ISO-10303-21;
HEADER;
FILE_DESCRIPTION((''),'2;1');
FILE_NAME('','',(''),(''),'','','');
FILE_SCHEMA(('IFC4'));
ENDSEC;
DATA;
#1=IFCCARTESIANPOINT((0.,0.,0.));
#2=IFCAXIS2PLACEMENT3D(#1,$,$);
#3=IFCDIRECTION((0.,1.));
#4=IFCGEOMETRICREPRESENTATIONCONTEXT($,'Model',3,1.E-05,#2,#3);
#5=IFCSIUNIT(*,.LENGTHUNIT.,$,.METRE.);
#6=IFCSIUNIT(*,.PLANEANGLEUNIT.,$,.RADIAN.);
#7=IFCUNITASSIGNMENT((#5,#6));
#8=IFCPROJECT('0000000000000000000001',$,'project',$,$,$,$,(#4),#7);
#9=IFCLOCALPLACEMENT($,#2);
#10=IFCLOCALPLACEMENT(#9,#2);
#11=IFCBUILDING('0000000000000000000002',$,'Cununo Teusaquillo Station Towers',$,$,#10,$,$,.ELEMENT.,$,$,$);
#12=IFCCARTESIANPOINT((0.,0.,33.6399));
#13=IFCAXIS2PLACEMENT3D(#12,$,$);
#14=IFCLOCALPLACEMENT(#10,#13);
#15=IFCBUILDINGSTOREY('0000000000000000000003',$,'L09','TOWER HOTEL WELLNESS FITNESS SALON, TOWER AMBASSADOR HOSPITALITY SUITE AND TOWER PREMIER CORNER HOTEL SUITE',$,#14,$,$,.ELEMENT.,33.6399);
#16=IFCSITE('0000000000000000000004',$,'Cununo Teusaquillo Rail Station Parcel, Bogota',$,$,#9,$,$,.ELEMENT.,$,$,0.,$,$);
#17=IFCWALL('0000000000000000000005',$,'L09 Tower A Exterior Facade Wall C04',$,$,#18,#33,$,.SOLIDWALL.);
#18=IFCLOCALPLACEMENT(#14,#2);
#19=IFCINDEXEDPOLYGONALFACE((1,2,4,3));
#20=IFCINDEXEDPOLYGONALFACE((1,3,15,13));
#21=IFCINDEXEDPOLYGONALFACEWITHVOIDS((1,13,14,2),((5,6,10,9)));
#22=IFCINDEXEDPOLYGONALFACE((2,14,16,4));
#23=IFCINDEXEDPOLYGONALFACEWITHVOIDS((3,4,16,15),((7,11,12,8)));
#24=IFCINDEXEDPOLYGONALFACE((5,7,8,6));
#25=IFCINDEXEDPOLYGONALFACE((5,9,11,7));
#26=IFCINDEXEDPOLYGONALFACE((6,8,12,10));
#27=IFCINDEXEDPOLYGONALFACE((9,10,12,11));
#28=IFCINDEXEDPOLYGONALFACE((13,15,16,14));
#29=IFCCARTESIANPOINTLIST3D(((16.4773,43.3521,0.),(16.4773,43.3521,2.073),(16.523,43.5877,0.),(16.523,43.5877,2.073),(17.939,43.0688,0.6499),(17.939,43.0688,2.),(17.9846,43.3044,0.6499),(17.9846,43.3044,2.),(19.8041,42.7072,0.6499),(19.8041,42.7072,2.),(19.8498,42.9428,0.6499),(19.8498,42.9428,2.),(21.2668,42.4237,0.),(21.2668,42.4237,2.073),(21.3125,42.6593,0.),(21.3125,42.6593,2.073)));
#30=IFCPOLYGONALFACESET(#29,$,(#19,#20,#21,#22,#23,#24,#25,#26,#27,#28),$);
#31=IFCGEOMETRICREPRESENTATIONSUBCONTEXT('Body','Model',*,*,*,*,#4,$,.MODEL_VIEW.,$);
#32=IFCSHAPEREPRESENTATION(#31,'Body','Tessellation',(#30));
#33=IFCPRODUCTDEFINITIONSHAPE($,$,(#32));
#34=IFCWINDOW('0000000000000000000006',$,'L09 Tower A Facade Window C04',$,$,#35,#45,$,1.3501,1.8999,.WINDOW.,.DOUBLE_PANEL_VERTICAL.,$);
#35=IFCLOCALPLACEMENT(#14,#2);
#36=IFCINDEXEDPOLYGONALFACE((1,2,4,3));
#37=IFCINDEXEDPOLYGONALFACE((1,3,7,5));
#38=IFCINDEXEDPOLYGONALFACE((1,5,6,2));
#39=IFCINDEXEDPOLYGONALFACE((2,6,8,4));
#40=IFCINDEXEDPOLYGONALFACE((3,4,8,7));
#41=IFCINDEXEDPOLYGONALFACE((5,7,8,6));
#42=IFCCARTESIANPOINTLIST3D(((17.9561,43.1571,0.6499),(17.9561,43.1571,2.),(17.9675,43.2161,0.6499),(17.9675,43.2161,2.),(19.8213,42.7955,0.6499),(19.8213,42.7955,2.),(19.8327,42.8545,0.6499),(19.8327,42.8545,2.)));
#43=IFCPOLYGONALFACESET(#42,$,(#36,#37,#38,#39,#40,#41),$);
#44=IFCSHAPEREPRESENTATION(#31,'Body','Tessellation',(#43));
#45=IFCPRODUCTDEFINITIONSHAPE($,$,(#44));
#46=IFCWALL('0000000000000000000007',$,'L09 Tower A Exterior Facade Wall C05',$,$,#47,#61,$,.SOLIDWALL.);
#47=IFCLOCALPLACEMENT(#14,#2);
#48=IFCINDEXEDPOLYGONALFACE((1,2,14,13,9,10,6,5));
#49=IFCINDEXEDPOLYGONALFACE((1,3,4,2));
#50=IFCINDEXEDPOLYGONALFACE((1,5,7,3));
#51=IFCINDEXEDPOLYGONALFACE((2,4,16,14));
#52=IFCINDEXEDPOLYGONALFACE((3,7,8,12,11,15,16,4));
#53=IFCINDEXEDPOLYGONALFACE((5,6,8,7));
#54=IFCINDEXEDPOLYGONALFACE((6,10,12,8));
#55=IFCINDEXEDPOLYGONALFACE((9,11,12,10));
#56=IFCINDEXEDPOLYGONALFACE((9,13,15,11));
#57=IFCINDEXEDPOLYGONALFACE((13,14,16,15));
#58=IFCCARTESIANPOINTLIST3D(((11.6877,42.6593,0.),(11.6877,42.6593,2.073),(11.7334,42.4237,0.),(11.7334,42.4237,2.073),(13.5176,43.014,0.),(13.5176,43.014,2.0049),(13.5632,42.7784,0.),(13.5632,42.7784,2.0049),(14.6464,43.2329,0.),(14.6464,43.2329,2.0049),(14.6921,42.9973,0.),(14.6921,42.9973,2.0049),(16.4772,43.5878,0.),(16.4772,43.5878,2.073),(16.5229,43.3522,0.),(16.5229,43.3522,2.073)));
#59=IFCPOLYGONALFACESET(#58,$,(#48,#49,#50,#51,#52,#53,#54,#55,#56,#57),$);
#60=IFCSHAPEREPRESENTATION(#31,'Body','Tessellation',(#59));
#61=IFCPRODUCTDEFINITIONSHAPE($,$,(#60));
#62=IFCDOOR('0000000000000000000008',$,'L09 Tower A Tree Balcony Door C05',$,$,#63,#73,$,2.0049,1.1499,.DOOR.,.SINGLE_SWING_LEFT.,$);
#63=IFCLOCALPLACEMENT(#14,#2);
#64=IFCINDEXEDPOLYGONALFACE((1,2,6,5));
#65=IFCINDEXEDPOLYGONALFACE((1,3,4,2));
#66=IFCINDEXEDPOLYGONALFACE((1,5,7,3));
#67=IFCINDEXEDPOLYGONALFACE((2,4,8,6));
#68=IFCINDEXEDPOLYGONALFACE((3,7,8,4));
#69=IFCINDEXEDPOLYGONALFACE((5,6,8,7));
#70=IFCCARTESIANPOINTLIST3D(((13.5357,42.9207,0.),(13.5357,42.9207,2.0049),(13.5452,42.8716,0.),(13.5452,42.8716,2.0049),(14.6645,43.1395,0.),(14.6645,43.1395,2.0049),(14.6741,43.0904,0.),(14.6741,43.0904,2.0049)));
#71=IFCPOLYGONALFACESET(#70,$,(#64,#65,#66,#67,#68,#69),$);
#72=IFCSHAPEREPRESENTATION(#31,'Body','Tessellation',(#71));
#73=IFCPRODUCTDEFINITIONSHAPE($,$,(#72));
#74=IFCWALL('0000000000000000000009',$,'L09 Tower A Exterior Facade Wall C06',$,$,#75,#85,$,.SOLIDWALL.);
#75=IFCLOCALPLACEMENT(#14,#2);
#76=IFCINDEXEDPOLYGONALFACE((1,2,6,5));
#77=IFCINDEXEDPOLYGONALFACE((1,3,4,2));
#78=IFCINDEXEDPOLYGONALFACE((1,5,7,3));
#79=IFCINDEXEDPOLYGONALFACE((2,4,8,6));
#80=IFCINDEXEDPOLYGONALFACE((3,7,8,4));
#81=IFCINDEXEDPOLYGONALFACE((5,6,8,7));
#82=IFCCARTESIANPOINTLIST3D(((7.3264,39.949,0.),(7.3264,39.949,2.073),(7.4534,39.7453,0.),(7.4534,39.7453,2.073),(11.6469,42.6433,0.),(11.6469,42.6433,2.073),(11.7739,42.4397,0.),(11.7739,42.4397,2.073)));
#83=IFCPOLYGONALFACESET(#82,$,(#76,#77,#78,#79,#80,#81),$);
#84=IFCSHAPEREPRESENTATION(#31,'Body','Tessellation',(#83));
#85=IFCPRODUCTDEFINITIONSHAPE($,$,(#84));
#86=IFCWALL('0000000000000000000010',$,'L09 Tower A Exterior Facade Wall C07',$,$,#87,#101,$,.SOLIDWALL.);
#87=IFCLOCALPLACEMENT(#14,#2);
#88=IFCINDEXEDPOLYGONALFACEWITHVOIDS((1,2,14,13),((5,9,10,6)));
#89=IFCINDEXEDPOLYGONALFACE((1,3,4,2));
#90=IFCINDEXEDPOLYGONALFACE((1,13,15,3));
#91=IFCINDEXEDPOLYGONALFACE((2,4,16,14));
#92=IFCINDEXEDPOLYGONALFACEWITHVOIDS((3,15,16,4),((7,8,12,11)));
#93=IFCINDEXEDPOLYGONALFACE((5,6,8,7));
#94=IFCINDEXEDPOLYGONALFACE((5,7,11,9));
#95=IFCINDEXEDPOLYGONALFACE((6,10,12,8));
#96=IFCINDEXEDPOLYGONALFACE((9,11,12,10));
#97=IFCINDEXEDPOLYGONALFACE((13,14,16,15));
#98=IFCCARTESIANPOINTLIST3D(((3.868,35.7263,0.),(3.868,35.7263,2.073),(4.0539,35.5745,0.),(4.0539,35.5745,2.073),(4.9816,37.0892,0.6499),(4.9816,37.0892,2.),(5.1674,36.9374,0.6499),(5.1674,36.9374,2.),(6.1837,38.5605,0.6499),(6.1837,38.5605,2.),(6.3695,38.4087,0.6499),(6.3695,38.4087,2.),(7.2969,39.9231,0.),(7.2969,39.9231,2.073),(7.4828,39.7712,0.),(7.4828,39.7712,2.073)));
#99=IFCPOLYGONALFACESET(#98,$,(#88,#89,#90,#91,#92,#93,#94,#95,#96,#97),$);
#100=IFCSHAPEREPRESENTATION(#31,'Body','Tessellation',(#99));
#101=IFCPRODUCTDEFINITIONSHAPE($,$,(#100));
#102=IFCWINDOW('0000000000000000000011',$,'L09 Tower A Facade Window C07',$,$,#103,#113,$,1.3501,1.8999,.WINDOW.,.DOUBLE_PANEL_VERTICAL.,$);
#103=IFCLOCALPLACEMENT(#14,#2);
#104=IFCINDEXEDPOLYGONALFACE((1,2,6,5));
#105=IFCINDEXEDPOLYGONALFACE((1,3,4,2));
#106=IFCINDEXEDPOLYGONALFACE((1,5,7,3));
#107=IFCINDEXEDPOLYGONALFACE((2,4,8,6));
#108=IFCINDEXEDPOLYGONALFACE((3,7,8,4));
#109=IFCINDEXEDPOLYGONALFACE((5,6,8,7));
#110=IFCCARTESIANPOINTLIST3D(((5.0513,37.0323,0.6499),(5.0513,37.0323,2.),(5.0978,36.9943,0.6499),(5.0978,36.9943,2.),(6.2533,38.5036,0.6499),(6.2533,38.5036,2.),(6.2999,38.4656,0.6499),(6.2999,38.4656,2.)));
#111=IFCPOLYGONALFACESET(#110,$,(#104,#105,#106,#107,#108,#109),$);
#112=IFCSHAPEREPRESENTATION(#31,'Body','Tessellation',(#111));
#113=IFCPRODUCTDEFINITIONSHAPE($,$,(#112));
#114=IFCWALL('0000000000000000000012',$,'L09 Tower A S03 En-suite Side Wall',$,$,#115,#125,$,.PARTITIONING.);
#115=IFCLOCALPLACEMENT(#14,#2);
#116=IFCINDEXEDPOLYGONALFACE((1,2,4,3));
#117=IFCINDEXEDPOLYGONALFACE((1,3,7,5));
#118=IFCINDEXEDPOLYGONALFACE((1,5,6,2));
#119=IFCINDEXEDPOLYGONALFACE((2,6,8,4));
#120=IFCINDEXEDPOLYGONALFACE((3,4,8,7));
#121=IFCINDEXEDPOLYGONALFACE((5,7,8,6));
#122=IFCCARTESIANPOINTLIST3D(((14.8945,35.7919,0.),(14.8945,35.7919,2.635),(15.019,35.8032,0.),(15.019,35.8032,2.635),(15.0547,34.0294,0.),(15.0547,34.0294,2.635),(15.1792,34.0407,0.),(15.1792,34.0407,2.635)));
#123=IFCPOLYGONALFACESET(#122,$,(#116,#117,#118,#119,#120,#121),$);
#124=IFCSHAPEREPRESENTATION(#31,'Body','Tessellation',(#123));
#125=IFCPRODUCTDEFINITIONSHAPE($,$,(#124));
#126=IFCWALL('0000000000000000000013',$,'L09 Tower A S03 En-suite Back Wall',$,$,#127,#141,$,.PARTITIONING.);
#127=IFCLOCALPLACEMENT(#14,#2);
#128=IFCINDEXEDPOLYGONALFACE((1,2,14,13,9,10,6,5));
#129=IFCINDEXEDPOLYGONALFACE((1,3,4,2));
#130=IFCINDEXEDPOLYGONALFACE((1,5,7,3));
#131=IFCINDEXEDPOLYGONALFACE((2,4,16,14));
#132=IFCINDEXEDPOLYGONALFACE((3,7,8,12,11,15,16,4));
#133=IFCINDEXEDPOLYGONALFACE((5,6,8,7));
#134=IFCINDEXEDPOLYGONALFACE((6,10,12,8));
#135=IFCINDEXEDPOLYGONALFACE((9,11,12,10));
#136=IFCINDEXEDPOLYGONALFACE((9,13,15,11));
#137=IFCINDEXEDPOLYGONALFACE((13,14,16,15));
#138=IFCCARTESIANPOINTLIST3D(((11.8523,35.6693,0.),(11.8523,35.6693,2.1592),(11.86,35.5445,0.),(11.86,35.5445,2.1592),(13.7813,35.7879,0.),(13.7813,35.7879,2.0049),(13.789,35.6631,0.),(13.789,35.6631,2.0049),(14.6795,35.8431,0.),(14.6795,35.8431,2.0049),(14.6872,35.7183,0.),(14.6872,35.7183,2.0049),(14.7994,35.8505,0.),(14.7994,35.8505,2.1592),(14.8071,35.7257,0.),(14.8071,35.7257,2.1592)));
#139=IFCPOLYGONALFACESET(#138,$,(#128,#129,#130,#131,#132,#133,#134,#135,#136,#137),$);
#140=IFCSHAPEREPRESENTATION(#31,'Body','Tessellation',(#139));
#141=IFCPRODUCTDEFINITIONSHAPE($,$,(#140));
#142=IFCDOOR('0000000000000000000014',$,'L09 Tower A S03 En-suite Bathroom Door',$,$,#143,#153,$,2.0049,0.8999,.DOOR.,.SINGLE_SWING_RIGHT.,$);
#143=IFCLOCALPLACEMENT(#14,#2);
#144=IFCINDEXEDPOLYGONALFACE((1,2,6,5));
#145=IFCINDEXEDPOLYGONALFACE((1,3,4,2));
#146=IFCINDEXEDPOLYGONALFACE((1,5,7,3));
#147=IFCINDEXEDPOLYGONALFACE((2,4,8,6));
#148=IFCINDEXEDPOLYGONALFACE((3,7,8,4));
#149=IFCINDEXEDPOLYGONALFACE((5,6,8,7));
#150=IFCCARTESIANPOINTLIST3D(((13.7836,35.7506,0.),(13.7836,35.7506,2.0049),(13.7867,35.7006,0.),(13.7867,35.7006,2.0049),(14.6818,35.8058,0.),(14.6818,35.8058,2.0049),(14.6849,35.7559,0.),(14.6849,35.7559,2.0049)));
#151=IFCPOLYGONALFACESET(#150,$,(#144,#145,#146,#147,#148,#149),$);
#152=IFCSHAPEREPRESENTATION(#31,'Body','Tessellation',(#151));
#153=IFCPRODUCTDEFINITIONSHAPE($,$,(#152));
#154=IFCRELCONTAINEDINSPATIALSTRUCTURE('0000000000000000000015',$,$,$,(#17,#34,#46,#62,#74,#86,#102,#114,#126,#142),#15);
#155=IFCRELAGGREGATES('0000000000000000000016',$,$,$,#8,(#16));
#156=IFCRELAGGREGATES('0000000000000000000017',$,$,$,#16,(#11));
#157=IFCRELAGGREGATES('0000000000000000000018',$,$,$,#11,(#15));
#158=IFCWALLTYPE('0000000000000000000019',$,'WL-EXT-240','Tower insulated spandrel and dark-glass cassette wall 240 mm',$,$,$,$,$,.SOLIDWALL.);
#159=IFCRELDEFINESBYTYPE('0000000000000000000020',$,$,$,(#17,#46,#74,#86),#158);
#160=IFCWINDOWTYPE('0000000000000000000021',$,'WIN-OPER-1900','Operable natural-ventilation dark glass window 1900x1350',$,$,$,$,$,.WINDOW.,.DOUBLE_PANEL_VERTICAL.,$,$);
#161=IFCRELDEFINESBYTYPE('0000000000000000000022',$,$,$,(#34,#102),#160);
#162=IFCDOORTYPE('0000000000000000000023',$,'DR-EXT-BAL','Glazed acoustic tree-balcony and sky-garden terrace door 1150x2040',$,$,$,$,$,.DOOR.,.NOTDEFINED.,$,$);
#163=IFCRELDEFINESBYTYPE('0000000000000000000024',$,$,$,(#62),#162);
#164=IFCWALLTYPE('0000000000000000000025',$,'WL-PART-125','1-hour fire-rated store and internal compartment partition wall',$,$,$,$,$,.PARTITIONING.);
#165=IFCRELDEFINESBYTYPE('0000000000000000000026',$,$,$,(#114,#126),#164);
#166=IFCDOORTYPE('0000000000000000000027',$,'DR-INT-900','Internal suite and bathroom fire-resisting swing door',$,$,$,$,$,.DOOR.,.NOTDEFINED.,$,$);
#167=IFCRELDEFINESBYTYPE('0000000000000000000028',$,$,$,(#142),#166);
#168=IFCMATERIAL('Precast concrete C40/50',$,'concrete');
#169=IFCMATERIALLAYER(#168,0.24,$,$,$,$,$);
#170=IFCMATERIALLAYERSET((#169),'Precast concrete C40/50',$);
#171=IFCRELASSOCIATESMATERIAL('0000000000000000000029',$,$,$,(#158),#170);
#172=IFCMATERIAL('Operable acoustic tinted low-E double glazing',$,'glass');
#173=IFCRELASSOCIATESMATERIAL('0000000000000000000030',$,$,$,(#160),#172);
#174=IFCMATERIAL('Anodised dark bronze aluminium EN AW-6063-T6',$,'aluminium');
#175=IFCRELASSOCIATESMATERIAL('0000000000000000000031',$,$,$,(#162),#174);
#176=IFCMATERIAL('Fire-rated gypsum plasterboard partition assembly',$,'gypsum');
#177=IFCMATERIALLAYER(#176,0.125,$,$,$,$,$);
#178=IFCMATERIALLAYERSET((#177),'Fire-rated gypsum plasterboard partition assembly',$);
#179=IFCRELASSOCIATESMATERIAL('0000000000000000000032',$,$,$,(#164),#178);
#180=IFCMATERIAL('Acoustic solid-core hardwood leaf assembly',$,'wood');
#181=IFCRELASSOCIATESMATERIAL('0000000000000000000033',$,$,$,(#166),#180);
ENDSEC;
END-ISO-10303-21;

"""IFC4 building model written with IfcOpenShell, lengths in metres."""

from ifc_helpers import new_model, si_unit, direction, frame, frame_2d, origin, place, context, subcontext, project, spatial, rectangle, extrude, source, transform, mapped, material, layer, layer_set, type_object, element, fill, save


model = new_model("IFC4")

# Units and contexts
model_context = context("Model", 3, precision=1e-05, world=origin(), true_north=direction((0.0, 1.0)))
body_context = subcontext(model_context, "Body", "Model", "MODEL_VIEW")
ifc_project = project(units=[si_unit("LENGTHUNIT", "METRE"), si_unit("PLANEANGLEUNIT", "RADIAN")], contexts=[model_context])

# Site, building, storey
site_placement = place(None, origin())
site = spatial("IfcSite", under=ifc_project, at=site_placement, Name="Cununo Teusaquillo Rail Station Parcel, Bogota", CompositionType="ELEMENT", RefElevation=0.0)
building_placement = place(site_placement, origin())
building = spatial("IfcBuilding", under=site, at=building_placement, Name="Cununo Teusaquillo Station Towers", CompositionType="ELEMENT")
storey_placement = place(building_placement, frame((0.0, 0.0, 33.6399)))
storey = spatial("IfcBuildingStorey", under=building, at=storey_placement, Name="L09", Description="TOWER HOTEL WELLNESS FITNESS SALON, TOWER AMBASSADOR HOSPITALITY SUITE AND TOWER PREMIER CORNER HOTEL SUITE", CompositionType="ELEMENT", Elevation=33.6399)

# Wall, opening, window
ifc_material_1 = material(Name="Precast concrete C40/50", Category="concrete")
ifc_layer_1 = layer(ifc_material_1, 0.24)
ifc_layer_set_1 = layer_set([ifc_layer_1], Name="Precast concrete C40/50")
wall_type_1 = type_object("IfcWallType", Name="WL-EXT-240", Description="Tower insulated spandrel and dark-glass cassette wall 240 mm", PredefinedType="SOLIDWALL", material=ifc_layer_set_1)
wall_1_placement = place(storey_placement, frame((16.5, 43.47, 0.0), z_axis=(0.0, 0.0, 1.0), x_axis=(0.981724, -0.19031, 0.0)))
wall_1 = element("IfcWall", 1, at=wall_1_placement, inside=storey, type_object=wall_type_1, Name="L09 Tower A Exterior Facade Wall C04", PredefinedType="SOLIDWALL", context=body_context, shape_type="SweptSolid", body=[
    extrude(rectangle(XDim=4.8787, YDim=0.24, at=frame_2d((2.4395, 0.0))), origin(), (0.0, 0.0, 1.0), 2.073),
])
shared_shape_1 = source(origin(), body_context, "Body", "SweptSolid", [
    extrude(rectangle(XDim=1.8999, YDim=1.3501, at=frame_2d((0.95, 0.675))), frame((0.0, 0.1299, 0.0), z_axis=(0.0, -1.0, 0.0), x_axis=(1.0, 0.0, 0.0)), (0.0, 0.0, 1.0), 0.26),
])
opening_1_placement = place(wall_1_placement, frame((1.489, 0.0, 0.6499)))
opening_1 = element("IfcOpeningElement", 2, at=opening_1_placement, cuts=wall_1, PredefinedType="OPENING", context=body_context, shape_type="MappedRepresentation", body=[
    mapped(shared_shape_1, transform((0.0, 0.0, 0.0), x_axis=(1.0, 0.0, 0.0), y_axis=(0.0, 1.0, 0.0), z_axis=(0.0, 0.0, 1.0), scale=1.0)),
])
ifc_material_2 = material(Name="Operable acoustic tinted low-E double glazing", Category="glass")
window_type = type_object("IfcWindowType", Name="WIN-OPER-1900", Description="Operable natural-ventilation dark glass window 1900x1350", PartitioningType="DOUBLE_PANEL_VERTICAL", PredefinedType="WINDOW", material=ifc_material_2)
shared_shape_2 = source(origin(), body_context, "Body", "SweptSolid", [
    extrude(rectangle(XDim=1.8999, YDim=1.3501, at=frame_2d((0.95, 0.675))), frame((0.0, 0.03, 0.0), z_axis=(0.0, -1.0, 0.0), x_axis=(1.0, 0.0, 0.0)), (0.0, 0.0, 1.0), 0.0601),
])
window_1_placement = place(opening_1_placement, origin())
window_1 = element("IfcWindow", 3, at=window_1_placement, inside=storey, type_object=window_type, Name="L09 Tower A Facade Window C04", OverallHeight=1.3501, OverallWidth=1.8999, PartitioningType="DOUBLE_PANEL_VERTICAL", PredefinedType="WINDOW", context=body_context, shape_type="MappedRepresentation", body=[
    mapped(shared_shape_2, transform((0.0, 0.0, 0.0), x_axis=(1.0, 0.0, 0.0), y_axis=(0.0, 1.0, 0.0), z_axis=(0.0, 0.0, 1.0), scale=1.0)),
])
fill(opening_1, window_1)

# Wall, opening, door
wall_2_placement = place(storey_placement, frame((11.7104, 42.5415, 0.0), z_axis=(0.0, 0.0, 1.0), x_axis=(0.981724, 0.19031, 0.0)))
wall_2 = element("IfcWall", 4, at=wall_2_placement, inside=storey, type_object=wall_type_1, Name="L09 Tower A Exterior Facade Wall C05", PredefinedType="SOLIDWALL", context=body_context, shape_type="SweptSolid", body=[
    extrude(rectangle(XDim=4.8787, YDim=0.24, at=frame_2d((2.4395, 0.0))), origin(), (0.0, 0.0, 1.0), 2.073),
])
shared_shape_3 = source(origin(), body_context, "Body", "SweptSolid", [
    extrude(rectangle(XDim=1.1499, YDim=2.0049, at=frame_2d((0.575, 1.0024))), frame((0.0, 0.1299, 0.0), z_axis=(0.0, -1.0, 0.0), x_axis=(1.0, 0.0, 0.0)), (0.0, 0.0, 1.0), 0.26),
])
opening_2_placement = place(wall_2_placement, frame((1.864, 0.0, 0.0)))
opening_2 = element("IfcOpeningElement", 5, at=opening_2_placement, cuts=wall_2, PredefinedType="OPENING", context=body_context, shape_type="MappedRepresentation", body=[
    mapped(shared_shape_3, transform((0.0, 0.0, 0.0), x_axis=(1.0, 0.0, 0.0), y_axis=(0.0, 1.0, 0.0), z_axis=(0.0, 0.0, 1.0), scale=1.0)),
])
ifc_material_3 = material(Name="Anodised dark bronze aluminium EN AW-6063-T6", Category="aluminium")
door_type_1 = type_object("IfcDoorType", Name="DR-EXT-BAL", Description="Glazed acoustic tree-balcony and sky-garden terrace door 1150x2040", OperationType="NOTDEFINED", PredefinedType="DOOR", material=ifc_material_3)
shared_shape_4 = source(origin(), body_context, "Body", "SweptSolid", [
    extrude(rectangle(XDim=1.1499, YDim=2.0049, at=frame_2d((0.575, 1.0024))), frame((0.0, 0.0249, 0.0), z_axis=(0.0, -1.0, 0.0), x_axis=(1.0, 0.0, 0.0)), (0.0, 0.0, 1.0), 0.05),
])
door_1_placement = place(opening_2_placement, origin())
door_1 = element("IfcDoor", 6, at=door_1_placement, inside=storey, type_object=door_type_1, Name="L09 Tower A Tree Balcony Door C05", OperationType="SINGLE_SWING_LEFT", OverallHeight=2.0049, OverallWidth=1.1499, PredefinedType="DOOR", context=body_context, shape_type="MappedRepresentation", body=[
    mapped(shared_shape_4, transform((0.0, 0.0, 0.0), x_axis=(1.0, 0.0, 0.0), y_axis=(0.0, 1.0, 0.0), z_axis=(0.0, 0.0, 1.0), scale=1.0)),
])
fill(opening_2, door_1)

# Wall
wall_3_placement = place(storey_placement, frame((7.3899, 39.8472, 0.0), z_axis=(0.0, 0.0, 1.0), x_axis=(0.848529, 0.52915, 0.0)))
element("IfcWall", 7, at=wall_3_placement, inside=storey, type_object=wall_type_1, Name="L09 Tower A Exterior Facade Wall C06", PredefinedType="SOLIDWALL", context=body_context, shape_type="SweptSolid", body=[
    extrude(rectangle(XDim=5.0918, YDim=0.24, at=frame_2d((2.5459, 0.0))), origin(), (0.0, 0.0, 1.0), 2.073),
])

# Wall, opening, window
wall_4_placement = place(storey_placement, frame((3.9609, 35.6504, 0.0), z_axis=(0.0, 0.0, 1.0), x_axis=(0.63271, 0.774389, 0.0)))
wall_4 = element("IfcWall", 8, at=wall_4_placement, inside=storey, type_object=wall_type_1, Name="L09 Tower A Exterior Facade Wall C07", PredefinedType="SOLIDWALL", context=body_context, shape_type="SweptSolid", body=[
    extrude(rectangle(XDim=5.4194, YDim=0.24, at=frame_2d((2.7097, 0.0))), origin(), (0.0, 0.0, 1.0), 2.073),
])
opening_3_placement = place(wall_4_placement, frame((1.76, 0.0, 0.6499)))
opening_3 = element("IfcOpeningElement", 9, at=opening_3_placement, cuts=wall_4, PredefinedType="OPENING", context=body_context, shape_type="MappedRepresentation", body=[
    mapped(shared_shape_1, transform((0.0, 0.0, 0.0), x_axis=(1.0, 0.0, 0.0), y_axis=(0.0, 1.0, 0.0), z_axis=(0.0, 0.0, 1.0), scale=1.0)),
])
window_2_placement = place(opening_3_placement, origin())
window_2 = element("IfcWindow", 10, at=window_2_placement, inside=storey, type_object=window_type, Name="L09 Tower A Facade Window C07", OverallHeight=1.3501, OverallWidth=1.8999, PartitioningType="DOUBLE_PANEL_VERTICAL", PredefinedType="WINDOW", context=body_context, shape_type="MappedRepresentation", body=[
    mapped(shared_shape_2, transform((0.0, 0.0, 0.0), x_axis=(1.0, 0.0, 0.0), y_axis=(0.0, 1.0, 0.0), z_axis=(0.0, 0.0, 1.0), scale=1.0)),
])
fill(opening_3, window_2)

# Wall
ifc_material_4 = material(Name="Fire-rated gypsum plasterboard partition assembly", Category="gypsum")
ifc_layer_2 = layer(ifc_material_4, 0.125)
ifc_layer_set_2 = layer_set([ifc_layer_2], Name="Fire-rated gypsum plasterboard partition assembly")
wall_type_2 = type_object("IfcWallType", Name="WL-PART-125", Description="1-hour fire-rated store and internal compartment partition wall", PredefinedType="PARTITIONING", material=ifc_layer_set_2)
wall_5_placement = place(storey_placement, frame((15.1169, 34.0352, 0.0), z_axis=(0.0, 0.0, 1.0), x_axis=(-0.090498, 0.995897, 0.0)))
element("IfcWall", 11, at=wall_5_placement, inside=storey, type_object=wall_type_2, Name="L09 Tower A S03 En-suite Side Wall", PredefinedType="PARTITIONING", context=body_context, shape_type="SweptSolid", body=[
    extrude(rectangle(XDim=1.7698, YDim=0.125, at=frame_2d((0.8848, 0.0))), origin(), (0.0, 0.0, 1.0), 2.635),
])

# Wall, opening, door
wall_6_placement = place(storey_placement, frame((14.8032, 35.7881, 0.0), z_axis=(0.0, 0.0, 1.0), x_axis=(-0.998116, -0.061354, 0.0)))
wall_6 = element("IfcWall", 12, at=wall_6_placement, inside=storey, type_object=wall_type_2, Name="L09 Tower A S03 En-suite Back Wall", PredefinedType="PARTITIONING", context=body_context, shape_type="SweptSolid", body=[
    extrude(rectangle(XDim=2.9526, YDim=0.125, at=frame_2d((1.4763, 0.0))), origin(), (0.0, 0.0, 1.0), 2.1592),
])
shared_shape_5 = source(origin(), body_context, "Body", "SweptSolid", [
    extrude(rectangle(XDim=0.8999, YDim=2.0049, at=frame_2d((0.45, 1.0024))), frame((0.0, 0.0725, 0.0), z_axis=(0.0, -1.0, 0.0), x_axis=(1.0, 0.0, 0.0)), (0.0, 0.0, 1.0), 0.145),
])
opening_4_placement = place(wall_6_placement, frame((0.1201, 0.0, 0.0)))
opening_4 = element("IfcOpeningElement", 13, at=opening_4_placement, cuts=wall_6, PredefinedType="OPENING", context=body_context, shape_type="MappedRepresentation", body=[
    mapped(shared_shape_5, transform((0.0, 0.0, 0.0), x_axis=(1.0, 0.0, 0.0), y_axis=(0.0, 1.0, 0.0), z_axis=(0.0, 0.0, 1.0), scale=1.0)),
])
ifc_material_5 = material(Name="Acoustic solid-core hardwood leaf assembly", Category="wood")
door_type_2 = type_object("IfcDoorType", Name="DR-INT-900", Description="Internal suite and bathroom fire-resisting swing door", OperationType="NOTDEFINED", PredefinedType="DOOR", material=ifc_material_5)
shared_shape_6 = source(origin(), body_context, "Body", "SweptSolid", [
    extrude(rectangle(XDim=0.8999, YDim=2.0049, at=frame_2d((0.45, 1.0024))), frame((0.0, 0.0249, 0.0), z_axis=(0.0, -1.0, 0.0), x_axis=(1.0, 0.0, 0.0)), (0.0, 0.0, 1.0), 0.05),
])
door_2_placement = place(opening_4_placement, origin())
door_2 = element("IfcDoor", 14, at=door_2_placement, inside=storey, type_object=door_type_2, Name="L09 Tower A S03 En-suite Bathroom Door", OperationType="SINGLE_SWING_RIGHT", OverallHeight=2.0049, OverallWidth=0.8999, PredefinedType="DOOR", context=body_context, shape_type="MappedRepresentation", body=[
    mapped(shared_shape_6, transform((0.0, 0.0, 0.0), x_axis=(1.0, 0.0, 0.0), y_axis=(0.0, 1.0, 0.0), z_axis=(0.0, 0.0, 1.0), scale=1.0)),
])
fill(opening_4, door_2)

save(model, "model.ifc")
